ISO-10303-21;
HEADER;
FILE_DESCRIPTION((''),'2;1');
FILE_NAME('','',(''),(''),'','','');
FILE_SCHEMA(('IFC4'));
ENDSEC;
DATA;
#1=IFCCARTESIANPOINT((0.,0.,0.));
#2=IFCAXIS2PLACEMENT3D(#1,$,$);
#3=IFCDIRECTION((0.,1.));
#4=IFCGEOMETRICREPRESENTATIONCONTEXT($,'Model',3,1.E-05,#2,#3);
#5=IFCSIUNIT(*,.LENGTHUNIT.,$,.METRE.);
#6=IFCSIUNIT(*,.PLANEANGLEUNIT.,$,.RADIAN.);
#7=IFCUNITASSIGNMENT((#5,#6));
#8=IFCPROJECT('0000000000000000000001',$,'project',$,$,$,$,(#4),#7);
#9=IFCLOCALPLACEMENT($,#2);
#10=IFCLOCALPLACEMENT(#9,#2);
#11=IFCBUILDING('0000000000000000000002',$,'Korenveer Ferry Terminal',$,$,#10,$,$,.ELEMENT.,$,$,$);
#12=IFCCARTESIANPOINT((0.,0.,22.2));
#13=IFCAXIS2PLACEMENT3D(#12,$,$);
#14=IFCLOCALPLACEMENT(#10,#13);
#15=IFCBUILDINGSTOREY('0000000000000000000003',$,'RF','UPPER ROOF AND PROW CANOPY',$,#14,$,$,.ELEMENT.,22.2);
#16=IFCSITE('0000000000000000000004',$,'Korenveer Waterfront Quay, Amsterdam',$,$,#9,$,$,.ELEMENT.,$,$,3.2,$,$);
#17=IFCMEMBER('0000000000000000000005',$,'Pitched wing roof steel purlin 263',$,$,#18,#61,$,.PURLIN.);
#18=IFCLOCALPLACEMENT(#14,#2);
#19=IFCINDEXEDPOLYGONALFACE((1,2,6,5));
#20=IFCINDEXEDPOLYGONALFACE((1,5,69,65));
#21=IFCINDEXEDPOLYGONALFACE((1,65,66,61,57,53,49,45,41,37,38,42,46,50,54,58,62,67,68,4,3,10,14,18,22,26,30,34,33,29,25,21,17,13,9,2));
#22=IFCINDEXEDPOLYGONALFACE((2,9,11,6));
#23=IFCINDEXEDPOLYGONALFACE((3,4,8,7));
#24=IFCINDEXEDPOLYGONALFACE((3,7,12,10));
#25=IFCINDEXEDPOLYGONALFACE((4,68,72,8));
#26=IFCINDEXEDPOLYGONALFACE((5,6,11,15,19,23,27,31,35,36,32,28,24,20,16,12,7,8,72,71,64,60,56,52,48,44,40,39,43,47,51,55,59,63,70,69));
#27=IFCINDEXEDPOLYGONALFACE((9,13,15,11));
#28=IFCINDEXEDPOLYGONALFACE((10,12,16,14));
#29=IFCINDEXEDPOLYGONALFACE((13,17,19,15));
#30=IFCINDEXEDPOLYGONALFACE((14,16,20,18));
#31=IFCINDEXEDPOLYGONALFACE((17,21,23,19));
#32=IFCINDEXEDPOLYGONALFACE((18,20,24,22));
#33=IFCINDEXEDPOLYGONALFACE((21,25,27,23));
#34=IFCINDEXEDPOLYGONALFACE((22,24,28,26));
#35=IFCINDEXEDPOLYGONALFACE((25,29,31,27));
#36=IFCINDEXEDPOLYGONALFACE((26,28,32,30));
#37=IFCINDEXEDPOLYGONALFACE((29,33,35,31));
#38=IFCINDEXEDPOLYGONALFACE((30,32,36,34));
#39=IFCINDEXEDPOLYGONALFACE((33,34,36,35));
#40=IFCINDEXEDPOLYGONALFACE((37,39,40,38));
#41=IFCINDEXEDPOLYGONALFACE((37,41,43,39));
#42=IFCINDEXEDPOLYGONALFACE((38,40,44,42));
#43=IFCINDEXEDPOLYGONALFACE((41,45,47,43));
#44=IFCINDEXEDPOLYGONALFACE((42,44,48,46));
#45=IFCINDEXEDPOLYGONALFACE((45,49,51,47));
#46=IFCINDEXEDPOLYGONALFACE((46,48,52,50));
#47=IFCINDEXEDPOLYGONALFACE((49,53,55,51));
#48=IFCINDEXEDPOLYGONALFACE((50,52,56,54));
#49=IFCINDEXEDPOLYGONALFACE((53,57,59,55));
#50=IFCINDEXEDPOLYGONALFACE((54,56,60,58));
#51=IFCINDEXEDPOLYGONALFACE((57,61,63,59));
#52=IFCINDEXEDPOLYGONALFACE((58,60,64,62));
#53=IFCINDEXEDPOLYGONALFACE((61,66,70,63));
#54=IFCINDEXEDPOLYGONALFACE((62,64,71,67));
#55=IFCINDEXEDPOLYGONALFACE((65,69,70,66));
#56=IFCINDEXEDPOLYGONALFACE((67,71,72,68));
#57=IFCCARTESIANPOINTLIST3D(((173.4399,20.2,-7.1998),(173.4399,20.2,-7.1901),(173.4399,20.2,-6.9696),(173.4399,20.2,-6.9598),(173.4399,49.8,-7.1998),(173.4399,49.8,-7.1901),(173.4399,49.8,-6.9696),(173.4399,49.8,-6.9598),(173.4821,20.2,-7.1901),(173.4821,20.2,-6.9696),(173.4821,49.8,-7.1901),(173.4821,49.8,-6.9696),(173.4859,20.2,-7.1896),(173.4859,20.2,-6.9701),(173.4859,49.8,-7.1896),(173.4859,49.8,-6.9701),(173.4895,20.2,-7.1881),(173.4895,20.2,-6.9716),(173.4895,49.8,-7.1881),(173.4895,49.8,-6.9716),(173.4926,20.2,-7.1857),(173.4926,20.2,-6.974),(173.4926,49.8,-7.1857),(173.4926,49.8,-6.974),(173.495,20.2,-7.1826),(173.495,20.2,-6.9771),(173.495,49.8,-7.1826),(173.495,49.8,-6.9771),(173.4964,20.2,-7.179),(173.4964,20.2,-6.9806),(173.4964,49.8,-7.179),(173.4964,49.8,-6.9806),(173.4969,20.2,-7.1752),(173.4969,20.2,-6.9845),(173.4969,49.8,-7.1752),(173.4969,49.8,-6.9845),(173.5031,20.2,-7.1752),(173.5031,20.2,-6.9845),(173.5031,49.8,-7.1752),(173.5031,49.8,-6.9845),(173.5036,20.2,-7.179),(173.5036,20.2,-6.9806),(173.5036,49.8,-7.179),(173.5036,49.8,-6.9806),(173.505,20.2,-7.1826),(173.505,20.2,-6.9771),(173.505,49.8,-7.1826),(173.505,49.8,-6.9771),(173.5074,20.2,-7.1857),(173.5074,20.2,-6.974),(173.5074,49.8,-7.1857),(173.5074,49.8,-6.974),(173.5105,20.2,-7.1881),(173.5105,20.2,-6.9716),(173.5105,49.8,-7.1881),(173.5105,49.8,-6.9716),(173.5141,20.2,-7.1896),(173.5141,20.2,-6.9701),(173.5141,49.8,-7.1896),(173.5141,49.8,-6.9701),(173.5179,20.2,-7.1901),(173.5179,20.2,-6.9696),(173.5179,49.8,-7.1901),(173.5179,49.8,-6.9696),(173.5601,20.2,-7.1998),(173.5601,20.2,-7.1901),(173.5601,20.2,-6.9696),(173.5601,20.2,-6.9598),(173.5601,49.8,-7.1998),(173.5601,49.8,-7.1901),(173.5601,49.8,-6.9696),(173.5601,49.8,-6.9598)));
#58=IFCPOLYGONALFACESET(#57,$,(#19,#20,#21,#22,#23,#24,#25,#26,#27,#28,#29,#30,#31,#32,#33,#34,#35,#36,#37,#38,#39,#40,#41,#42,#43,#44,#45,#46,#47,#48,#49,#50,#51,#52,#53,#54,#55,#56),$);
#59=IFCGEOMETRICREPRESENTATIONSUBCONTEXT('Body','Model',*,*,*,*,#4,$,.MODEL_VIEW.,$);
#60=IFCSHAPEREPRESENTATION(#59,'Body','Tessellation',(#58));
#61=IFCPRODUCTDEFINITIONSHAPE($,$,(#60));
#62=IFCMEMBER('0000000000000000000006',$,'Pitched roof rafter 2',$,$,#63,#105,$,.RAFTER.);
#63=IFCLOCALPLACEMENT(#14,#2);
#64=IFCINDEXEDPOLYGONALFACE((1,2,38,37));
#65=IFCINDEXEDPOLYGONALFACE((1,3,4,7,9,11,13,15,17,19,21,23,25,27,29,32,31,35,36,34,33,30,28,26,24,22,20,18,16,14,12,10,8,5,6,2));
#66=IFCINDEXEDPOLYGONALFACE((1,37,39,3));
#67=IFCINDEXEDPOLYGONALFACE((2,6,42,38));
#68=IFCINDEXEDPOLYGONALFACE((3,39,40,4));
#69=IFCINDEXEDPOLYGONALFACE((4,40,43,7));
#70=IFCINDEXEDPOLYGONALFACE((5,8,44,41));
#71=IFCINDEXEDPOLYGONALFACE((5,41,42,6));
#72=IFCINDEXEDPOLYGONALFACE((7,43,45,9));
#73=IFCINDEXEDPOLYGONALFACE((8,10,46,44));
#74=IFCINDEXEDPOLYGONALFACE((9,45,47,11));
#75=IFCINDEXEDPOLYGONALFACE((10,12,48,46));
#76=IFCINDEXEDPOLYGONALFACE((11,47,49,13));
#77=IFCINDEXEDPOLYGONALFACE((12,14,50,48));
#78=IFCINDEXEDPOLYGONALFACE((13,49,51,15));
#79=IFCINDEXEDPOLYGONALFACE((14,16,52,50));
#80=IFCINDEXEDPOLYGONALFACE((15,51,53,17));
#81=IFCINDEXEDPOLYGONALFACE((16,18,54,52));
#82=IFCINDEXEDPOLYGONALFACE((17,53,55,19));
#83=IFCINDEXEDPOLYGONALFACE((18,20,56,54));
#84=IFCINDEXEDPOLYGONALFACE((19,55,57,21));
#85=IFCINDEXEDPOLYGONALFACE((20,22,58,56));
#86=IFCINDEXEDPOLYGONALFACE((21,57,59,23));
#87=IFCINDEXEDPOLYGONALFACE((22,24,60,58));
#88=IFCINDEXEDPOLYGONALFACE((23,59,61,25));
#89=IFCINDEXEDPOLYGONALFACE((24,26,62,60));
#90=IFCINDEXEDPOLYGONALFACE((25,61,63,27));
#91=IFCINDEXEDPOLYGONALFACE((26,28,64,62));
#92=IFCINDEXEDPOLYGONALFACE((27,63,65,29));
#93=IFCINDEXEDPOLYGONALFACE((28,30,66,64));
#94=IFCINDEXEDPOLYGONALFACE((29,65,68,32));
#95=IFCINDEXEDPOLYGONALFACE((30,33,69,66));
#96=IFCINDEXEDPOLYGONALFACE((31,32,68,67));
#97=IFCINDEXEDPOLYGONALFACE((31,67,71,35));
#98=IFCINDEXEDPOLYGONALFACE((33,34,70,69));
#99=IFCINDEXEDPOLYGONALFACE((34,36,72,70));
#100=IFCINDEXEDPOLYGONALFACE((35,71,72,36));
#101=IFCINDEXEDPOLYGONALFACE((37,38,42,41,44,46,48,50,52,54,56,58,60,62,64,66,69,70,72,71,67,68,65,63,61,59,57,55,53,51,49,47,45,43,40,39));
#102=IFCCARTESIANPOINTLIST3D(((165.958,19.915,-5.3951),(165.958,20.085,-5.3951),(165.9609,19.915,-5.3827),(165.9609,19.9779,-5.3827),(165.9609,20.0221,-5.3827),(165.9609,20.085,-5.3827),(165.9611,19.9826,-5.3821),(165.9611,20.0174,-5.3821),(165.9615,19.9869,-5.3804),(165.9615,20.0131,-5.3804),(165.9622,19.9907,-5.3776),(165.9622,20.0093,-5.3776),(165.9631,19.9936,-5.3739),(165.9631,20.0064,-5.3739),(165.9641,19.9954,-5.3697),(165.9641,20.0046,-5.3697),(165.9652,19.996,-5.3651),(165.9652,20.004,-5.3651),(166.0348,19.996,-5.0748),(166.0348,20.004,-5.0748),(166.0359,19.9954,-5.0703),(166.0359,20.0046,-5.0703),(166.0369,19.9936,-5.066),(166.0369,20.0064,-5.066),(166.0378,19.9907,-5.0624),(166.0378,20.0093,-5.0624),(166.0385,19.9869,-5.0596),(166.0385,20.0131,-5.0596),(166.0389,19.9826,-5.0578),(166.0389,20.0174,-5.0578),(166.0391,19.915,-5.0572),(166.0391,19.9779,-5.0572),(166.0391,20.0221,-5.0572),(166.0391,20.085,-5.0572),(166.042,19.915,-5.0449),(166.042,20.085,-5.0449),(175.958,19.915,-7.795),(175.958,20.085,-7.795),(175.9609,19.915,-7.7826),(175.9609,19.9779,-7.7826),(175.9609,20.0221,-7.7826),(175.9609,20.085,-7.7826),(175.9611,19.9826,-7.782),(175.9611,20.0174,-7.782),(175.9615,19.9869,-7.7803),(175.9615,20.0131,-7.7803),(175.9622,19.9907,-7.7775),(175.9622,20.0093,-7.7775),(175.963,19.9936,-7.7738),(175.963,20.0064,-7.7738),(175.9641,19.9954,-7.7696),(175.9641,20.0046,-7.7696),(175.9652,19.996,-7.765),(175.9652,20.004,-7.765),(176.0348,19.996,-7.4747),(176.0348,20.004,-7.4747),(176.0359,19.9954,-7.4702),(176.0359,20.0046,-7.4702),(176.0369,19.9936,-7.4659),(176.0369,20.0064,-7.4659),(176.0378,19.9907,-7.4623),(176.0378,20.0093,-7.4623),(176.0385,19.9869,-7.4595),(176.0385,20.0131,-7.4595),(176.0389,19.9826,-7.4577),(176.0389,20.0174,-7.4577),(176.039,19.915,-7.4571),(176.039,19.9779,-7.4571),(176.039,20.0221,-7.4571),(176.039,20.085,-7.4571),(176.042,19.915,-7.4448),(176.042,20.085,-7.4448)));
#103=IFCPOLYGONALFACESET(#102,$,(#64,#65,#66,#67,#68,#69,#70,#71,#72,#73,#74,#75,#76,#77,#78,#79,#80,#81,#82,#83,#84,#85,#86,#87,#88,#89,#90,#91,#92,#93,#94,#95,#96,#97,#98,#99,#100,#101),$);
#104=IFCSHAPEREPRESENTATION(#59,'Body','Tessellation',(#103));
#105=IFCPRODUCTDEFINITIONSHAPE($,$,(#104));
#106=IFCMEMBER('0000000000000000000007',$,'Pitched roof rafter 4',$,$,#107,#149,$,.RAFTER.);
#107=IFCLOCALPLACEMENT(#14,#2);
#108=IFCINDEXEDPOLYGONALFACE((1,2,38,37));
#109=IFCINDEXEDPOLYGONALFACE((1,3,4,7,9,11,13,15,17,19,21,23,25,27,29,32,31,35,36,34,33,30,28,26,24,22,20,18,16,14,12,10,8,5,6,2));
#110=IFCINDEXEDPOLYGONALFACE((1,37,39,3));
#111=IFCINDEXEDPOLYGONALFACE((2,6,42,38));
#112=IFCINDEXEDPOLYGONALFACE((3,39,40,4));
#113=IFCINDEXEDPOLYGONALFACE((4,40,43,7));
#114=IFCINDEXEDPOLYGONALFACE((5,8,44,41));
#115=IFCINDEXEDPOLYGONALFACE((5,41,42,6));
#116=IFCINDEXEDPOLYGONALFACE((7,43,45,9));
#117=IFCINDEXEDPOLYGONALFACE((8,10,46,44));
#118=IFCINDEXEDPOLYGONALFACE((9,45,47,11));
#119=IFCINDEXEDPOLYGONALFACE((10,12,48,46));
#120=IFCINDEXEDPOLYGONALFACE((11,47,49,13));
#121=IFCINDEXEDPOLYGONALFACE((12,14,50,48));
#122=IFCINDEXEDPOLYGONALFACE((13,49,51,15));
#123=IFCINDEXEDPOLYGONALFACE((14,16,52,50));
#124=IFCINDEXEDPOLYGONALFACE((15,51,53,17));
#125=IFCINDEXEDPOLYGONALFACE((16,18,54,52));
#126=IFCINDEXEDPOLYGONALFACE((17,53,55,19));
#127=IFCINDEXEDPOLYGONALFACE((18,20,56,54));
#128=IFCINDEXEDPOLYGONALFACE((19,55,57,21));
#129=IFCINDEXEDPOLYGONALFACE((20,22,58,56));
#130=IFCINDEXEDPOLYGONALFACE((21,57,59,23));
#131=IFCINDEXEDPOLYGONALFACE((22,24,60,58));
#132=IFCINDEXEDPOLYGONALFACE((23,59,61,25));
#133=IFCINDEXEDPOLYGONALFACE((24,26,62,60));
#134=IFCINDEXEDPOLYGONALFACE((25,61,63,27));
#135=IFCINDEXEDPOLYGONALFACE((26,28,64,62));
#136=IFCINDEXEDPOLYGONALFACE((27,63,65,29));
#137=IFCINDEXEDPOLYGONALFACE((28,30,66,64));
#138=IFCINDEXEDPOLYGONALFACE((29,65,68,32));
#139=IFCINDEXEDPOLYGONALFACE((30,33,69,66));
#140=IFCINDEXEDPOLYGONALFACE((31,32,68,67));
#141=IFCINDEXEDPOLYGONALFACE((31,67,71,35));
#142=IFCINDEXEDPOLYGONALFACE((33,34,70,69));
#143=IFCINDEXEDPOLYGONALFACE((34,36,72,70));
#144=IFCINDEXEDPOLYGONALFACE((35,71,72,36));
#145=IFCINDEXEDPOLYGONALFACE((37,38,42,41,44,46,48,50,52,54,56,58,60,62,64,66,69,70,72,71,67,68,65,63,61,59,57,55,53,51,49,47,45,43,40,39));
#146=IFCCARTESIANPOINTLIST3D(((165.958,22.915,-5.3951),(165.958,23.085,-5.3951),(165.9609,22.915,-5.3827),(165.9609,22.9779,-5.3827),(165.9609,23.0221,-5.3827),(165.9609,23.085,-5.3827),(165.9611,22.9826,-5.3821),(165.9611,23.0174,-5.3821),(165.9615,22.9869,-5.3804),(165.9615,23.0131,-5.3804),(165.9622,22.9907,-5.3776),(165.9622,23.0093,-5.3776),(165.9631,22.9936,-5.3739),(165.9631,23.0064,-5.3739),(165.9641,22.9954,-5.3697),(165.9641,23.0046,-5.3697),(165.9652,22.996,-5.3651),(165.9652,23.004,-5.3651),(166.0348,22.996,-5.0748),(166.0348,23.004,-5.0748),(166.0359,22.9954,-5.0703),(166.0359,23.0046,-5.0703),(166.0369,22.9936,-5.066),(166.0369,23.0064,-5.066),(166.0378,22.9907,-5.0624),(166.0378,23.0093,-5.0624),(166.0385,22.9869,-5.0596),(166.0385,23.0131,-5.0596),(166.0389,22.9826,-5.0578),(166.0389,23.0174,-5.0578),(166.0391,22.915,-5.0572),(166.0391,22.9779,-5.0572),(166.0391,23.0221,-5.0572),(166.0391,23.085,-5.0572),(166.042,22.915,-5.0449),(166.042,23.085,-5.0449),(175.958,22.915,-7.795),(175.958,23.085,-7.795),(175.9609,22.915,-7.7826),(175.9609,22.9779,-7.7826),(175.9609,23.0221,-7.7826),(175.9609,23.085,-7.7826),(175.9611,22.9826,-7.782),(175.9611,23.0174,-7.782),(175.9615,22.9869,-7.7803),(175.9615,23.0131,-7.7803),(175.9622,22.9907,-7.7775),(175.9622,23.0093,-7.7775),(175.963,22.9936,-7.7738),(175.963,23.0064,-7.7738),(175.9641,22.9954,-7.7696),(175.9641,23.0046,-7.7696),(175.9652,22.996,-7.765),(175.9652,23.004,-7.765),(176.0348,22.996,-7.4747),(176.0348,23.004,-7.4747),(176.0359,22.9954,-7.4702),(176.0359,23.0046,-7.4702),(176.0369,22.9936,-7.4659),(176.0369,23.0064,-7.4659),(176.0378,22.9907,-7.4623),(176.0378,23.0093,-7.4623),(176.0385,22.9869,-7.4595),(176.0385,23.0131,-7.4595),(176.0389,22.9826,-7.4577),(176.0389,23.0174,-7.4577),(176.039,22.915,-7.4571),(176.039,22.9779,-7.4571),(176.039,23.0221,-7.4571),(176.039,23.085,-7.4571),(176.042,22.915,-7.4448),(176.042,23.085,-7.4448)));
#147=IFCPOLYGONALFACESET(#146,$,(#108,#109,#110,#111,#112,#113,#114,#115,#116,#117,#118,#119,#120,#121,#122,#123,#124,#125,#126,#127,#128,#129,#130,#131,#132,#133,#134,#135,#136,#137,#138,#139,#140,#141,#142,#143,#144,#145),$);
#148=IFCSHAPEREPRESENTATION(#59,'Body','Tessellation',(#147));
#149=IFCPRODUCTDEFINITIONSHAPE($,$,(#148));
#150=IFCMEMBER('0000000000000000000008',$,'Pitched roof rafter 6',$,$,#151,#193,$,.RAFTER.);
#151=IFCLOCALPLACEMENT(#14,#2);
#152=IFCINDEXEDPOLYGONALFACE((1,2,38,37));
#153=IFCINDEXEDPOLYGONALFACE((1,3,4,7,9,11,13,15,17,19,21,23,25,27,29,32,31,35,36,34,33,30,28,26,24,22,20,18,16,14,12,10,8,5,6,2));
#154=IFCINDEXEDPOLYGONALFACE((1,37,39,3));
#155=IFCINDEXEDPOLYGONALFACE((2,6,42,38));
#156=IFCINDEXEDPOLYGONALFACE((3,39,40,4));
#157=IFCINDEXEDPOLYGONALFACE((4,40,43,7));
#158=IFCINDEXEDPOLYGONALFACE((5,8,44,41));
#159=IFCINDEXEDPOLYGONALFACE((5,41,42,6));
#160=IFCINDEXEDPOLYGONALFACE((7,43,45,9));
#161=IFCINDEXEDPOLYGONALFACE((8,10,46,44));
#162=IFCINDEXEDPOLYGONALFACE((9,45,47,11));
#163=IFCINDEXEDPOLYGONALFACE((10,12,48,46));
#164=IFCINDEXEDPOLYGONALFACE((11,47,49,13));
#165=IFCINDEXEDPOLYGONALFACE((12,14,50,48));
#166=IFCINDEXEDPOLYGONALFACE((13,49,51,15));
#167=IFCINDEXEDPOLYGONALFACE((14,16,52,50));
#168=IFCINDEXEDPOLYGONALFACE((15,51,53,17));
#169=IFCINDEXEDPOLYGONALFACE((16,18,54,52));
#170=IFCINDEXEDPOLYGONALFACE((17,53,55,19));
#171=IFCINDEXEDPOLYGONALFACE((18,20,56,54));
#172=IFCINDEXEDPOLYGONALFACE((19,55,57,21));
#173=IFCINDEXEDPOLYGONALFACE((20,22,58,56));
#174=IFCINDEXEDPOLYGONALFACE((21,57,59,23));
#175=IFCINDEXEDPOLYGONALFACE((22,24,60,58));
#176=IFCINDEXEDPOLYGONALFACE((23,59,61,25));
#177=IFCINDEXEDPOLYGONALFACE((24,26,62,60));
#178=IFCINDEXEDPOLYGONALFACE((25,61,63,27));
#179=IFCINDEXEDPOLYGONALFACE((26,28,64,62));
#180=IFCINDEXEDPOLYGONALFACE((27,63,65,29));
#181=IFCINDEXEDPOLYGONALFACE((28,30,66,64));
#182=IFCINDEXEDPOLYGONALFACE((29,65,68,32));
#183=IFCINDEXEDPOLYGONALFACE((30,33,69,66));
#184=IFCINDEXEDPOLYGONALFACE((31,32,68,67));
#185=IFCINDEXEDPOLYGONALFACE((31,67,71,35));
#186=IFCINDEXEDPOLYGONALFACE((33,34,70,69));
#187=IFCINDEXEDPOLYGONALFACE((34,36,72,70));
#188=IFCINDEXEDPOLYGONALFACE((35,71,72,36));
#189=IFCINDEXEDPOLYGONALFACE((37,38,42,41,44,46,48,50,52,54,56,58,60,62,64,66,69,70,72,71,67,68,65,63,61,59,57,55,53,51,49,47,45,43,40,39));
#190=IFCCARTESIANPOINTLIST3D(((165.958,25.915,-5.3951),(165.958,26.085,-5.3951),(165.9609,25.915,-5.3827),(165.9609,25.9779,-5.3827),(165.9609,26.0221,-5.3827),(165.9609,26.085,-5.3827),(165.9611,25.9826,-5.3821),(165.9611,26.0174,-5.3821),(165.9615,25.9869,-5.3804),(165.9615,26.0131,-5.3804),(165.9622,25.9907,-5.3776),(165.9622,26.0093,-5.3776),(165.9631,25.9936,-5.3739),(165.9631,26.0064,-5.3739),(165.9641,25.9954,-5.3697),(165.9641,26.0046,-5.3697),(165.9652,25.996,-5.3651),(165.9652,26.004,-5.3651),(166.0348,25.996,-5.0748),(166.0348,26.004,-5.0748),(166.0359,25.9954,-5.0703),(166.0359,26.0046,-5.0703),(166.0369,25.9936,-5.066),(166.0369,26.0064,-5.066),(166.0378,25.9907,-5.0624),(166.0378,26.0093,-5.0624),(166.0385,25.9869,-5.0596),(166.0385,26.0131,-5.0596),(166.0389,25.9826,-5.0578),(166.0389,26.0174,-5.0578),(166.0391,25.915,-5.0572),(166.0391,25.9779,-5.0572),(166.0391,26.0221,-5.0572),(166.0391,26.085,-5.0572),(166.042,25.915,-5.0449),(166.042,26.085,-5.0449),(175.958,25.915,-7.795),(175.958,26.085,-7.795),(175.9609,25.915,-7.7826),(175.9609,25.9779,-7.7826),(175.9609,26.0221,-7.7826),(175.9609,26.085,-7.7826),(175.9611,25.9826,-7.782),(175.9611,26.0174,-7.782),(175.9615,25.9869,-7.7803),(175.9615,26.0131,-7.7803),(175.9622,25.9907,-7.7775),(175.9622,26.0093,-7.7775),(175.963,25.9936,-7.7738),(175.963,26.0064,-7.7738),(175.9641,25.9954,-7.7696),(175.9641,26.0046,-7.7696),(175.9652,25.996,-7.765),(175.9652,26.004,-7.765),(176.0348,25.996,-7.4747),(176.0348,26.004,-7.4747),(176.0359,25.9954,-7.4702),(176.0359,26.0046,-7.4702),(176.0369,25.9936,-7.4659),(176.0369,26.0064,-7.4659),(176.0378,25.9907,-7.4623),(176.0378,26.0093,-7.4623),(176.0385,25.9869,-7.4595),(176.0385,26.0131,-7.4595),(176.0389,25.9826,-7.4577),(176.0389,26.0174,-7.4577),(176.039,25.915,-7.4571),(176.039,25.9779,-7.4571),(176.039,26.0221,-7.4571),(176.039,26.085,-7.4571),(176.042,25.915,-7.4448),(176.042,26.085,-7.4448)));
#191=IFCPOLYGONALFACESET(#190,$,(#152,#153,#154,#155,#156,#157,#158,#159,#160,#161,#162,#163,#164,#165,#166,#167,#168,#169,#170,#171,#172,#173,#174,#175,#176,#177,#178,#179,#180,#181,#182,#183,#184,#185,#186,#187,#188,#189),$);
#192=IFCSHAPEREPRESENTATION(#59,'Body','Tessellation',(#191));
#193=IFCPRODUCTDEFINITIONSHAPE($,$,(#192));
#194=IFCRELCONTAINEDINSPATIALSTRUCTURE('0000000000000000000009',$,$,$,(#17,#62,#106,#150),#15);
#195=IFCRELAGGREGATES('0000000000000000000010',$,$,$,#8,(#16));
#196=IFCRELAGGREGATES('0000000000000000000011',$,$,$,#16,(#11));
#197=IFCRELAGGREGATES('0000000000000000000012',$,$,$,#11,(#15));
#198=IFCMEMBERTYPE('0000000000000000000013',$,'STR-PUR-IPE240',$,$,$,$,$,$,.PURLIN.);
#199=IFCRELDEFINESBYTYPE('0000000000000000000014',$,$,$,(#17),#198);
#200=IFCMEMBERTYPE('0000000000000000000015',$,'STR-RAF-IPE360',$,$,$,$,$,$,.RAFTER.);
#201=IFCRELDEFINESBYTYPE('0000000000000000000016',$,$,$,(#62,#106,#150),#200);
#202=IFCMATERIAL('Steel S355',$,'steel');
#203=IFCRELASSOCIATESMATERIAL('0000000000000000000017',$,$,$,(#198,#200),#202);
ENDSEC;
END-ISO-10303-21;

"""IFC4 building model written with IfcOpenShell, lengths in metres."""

from ifc_helpers import new_model, si_unit, direction, frame, origin, origin_2d, place, context, subcontext, project, spatial, i_section, extrude, material, material_profile, profile_set, type_object, element, save


model = new_model("IFC4")

# Units and contexts
model_context = context("Model", 3, precision=1e-05, world=origin(), true_north=direction((0.0, 1.0)))
body_context = subcontext(model_context, "Body", "Model", "MODEL_VIEW")
ifc_project = project(units=[si_unit("LENGTHUNIT", "METRE"), si_unit("PLANEANGLEUNIT", "RADIAN")], contexts=[model_context])

# Site, building, storey
site_placement = place(None, origin())
site = spatial("IfcSite", under=ifc_project, at=site_placement, Name="Korenveer Waterfront Quay, Amsterdam", CompositionType="ELEMENT", RefElevation=3.2)
building_placement = place(site_placement, origin())
building = spatial("IfcBuilding", under=site, at=building_placement, Name="Korenveer Ferry Terminal", CompositionType="ELEMENT")
storey_placement = place(building_placement, frame((0.0, 0.0, 22.2)))
storey = spatial("IfcBuildingStorey", under=building, at=storey_placement, Name="RF", Description="UPPER ROOF AND PROW CANOPY", CompositionType="ELEMENT", Elevation=22.2)

# Shared definitions
ifc_material_1 = material(Name="Steel S355", Category="steel")

# Members
ifc_material_profile_1 = material_profile(ifc_material_1, i_section(OverallWidth=0.1201, OverallDepth=0.24, WebThickness=0.0061, FlangeThickness=0.0098, FilletRadius=0.0149, at=origin_2d()), Name="IPE 240")
ifc_profile_set_1 = profile_set([ifc_material_profile_1], Name="Steel S355")
member_type_1 = type_object("IfcMemberType", Name="STR-PUR-IPE240", PredefinedType="PURLIN", material=ifc_profile_set_1)
for number, where, z_axis, x_axis, name in (
    (1, (173.5, 20.2, -7.0798), (0.0, 1.0, 0.0), (-1.0, 0.0, 0.0), "Pitched wing roof steel purlin 263"),
):
    element("IfcMember", number, at=place(storey_placement, frame(where, z_axis=z_axis, x_axis=x_axis)), inside=storey, type_object=member_type_1, Name=name, PredefinedType="PURLIN", context=body_context, shape_type="SweptSolid", body=[
        extrude(i_section(OverallWidth=0.1201, OverallDepth=0.24, WebThickness=0.0061, FlangeThickness=0.0098, FilletRadius=0.0149, at=origin_2d()), origin(), (0.0, 0.0, 1.0), 29.6001),
    ])
ifc_material_profile_2 = material_profile(ifc_material_1, i_section(OverallWidth=0.1699, OverallDepth=0.3601, WebThickness=0.0081, FlangeThickness=0.0127, FilletRadius=0.0181, at=origin_2d()), Name="IPE 360")
ifc_profile_set_2 = profile_set([ifc_material_profile_2], Name="Steel S355")
member_type_2 = type_object("IfcMemberType", Name="STR-RAF-IPE360", PredefinedType="RAFTER", material=ifc_profile_set_2)
for number, where, z_axis, x_axis, name in (
    (2, (166.0, 20.0, -5.22), (0.972389, 0.0, -0.233364), (0.0, 1.0, 0.0), "Pitched roof rafter 2"),
    (3, (166.0, 23.0, -5.22), (0.972389, 0.0, -0.233364), (0.0, 1.0, 0.0), "Pitched roof rafter 4"),
    (4, (166.0, 26.0, -5.22), (0.972389, 0.0, -0.233364), (0.0, 1.0, 0.0), "Pitched roof rafter 6"),
):
    element("IfcMember", number, at=place(storey_placement, frame(where, z_axis=z_axis, x_axis=x_axis)), inside=storey, type_object=member_type_2, Name=name, PredefinedType="RAFTER", context=body_context, shape_type="SweptSolid", body=[
        extrude(i_section(OverallWidth=0.1699, OverallDepth=0.3601, WebThickness=0.0081, FlangeThickness=0.0127, FilletRadius=0.0181, at=origin_2d()), origin(), (0.0, 0.0, 1.0), 10.2839),
    ])

save(model, "model.ifc")
